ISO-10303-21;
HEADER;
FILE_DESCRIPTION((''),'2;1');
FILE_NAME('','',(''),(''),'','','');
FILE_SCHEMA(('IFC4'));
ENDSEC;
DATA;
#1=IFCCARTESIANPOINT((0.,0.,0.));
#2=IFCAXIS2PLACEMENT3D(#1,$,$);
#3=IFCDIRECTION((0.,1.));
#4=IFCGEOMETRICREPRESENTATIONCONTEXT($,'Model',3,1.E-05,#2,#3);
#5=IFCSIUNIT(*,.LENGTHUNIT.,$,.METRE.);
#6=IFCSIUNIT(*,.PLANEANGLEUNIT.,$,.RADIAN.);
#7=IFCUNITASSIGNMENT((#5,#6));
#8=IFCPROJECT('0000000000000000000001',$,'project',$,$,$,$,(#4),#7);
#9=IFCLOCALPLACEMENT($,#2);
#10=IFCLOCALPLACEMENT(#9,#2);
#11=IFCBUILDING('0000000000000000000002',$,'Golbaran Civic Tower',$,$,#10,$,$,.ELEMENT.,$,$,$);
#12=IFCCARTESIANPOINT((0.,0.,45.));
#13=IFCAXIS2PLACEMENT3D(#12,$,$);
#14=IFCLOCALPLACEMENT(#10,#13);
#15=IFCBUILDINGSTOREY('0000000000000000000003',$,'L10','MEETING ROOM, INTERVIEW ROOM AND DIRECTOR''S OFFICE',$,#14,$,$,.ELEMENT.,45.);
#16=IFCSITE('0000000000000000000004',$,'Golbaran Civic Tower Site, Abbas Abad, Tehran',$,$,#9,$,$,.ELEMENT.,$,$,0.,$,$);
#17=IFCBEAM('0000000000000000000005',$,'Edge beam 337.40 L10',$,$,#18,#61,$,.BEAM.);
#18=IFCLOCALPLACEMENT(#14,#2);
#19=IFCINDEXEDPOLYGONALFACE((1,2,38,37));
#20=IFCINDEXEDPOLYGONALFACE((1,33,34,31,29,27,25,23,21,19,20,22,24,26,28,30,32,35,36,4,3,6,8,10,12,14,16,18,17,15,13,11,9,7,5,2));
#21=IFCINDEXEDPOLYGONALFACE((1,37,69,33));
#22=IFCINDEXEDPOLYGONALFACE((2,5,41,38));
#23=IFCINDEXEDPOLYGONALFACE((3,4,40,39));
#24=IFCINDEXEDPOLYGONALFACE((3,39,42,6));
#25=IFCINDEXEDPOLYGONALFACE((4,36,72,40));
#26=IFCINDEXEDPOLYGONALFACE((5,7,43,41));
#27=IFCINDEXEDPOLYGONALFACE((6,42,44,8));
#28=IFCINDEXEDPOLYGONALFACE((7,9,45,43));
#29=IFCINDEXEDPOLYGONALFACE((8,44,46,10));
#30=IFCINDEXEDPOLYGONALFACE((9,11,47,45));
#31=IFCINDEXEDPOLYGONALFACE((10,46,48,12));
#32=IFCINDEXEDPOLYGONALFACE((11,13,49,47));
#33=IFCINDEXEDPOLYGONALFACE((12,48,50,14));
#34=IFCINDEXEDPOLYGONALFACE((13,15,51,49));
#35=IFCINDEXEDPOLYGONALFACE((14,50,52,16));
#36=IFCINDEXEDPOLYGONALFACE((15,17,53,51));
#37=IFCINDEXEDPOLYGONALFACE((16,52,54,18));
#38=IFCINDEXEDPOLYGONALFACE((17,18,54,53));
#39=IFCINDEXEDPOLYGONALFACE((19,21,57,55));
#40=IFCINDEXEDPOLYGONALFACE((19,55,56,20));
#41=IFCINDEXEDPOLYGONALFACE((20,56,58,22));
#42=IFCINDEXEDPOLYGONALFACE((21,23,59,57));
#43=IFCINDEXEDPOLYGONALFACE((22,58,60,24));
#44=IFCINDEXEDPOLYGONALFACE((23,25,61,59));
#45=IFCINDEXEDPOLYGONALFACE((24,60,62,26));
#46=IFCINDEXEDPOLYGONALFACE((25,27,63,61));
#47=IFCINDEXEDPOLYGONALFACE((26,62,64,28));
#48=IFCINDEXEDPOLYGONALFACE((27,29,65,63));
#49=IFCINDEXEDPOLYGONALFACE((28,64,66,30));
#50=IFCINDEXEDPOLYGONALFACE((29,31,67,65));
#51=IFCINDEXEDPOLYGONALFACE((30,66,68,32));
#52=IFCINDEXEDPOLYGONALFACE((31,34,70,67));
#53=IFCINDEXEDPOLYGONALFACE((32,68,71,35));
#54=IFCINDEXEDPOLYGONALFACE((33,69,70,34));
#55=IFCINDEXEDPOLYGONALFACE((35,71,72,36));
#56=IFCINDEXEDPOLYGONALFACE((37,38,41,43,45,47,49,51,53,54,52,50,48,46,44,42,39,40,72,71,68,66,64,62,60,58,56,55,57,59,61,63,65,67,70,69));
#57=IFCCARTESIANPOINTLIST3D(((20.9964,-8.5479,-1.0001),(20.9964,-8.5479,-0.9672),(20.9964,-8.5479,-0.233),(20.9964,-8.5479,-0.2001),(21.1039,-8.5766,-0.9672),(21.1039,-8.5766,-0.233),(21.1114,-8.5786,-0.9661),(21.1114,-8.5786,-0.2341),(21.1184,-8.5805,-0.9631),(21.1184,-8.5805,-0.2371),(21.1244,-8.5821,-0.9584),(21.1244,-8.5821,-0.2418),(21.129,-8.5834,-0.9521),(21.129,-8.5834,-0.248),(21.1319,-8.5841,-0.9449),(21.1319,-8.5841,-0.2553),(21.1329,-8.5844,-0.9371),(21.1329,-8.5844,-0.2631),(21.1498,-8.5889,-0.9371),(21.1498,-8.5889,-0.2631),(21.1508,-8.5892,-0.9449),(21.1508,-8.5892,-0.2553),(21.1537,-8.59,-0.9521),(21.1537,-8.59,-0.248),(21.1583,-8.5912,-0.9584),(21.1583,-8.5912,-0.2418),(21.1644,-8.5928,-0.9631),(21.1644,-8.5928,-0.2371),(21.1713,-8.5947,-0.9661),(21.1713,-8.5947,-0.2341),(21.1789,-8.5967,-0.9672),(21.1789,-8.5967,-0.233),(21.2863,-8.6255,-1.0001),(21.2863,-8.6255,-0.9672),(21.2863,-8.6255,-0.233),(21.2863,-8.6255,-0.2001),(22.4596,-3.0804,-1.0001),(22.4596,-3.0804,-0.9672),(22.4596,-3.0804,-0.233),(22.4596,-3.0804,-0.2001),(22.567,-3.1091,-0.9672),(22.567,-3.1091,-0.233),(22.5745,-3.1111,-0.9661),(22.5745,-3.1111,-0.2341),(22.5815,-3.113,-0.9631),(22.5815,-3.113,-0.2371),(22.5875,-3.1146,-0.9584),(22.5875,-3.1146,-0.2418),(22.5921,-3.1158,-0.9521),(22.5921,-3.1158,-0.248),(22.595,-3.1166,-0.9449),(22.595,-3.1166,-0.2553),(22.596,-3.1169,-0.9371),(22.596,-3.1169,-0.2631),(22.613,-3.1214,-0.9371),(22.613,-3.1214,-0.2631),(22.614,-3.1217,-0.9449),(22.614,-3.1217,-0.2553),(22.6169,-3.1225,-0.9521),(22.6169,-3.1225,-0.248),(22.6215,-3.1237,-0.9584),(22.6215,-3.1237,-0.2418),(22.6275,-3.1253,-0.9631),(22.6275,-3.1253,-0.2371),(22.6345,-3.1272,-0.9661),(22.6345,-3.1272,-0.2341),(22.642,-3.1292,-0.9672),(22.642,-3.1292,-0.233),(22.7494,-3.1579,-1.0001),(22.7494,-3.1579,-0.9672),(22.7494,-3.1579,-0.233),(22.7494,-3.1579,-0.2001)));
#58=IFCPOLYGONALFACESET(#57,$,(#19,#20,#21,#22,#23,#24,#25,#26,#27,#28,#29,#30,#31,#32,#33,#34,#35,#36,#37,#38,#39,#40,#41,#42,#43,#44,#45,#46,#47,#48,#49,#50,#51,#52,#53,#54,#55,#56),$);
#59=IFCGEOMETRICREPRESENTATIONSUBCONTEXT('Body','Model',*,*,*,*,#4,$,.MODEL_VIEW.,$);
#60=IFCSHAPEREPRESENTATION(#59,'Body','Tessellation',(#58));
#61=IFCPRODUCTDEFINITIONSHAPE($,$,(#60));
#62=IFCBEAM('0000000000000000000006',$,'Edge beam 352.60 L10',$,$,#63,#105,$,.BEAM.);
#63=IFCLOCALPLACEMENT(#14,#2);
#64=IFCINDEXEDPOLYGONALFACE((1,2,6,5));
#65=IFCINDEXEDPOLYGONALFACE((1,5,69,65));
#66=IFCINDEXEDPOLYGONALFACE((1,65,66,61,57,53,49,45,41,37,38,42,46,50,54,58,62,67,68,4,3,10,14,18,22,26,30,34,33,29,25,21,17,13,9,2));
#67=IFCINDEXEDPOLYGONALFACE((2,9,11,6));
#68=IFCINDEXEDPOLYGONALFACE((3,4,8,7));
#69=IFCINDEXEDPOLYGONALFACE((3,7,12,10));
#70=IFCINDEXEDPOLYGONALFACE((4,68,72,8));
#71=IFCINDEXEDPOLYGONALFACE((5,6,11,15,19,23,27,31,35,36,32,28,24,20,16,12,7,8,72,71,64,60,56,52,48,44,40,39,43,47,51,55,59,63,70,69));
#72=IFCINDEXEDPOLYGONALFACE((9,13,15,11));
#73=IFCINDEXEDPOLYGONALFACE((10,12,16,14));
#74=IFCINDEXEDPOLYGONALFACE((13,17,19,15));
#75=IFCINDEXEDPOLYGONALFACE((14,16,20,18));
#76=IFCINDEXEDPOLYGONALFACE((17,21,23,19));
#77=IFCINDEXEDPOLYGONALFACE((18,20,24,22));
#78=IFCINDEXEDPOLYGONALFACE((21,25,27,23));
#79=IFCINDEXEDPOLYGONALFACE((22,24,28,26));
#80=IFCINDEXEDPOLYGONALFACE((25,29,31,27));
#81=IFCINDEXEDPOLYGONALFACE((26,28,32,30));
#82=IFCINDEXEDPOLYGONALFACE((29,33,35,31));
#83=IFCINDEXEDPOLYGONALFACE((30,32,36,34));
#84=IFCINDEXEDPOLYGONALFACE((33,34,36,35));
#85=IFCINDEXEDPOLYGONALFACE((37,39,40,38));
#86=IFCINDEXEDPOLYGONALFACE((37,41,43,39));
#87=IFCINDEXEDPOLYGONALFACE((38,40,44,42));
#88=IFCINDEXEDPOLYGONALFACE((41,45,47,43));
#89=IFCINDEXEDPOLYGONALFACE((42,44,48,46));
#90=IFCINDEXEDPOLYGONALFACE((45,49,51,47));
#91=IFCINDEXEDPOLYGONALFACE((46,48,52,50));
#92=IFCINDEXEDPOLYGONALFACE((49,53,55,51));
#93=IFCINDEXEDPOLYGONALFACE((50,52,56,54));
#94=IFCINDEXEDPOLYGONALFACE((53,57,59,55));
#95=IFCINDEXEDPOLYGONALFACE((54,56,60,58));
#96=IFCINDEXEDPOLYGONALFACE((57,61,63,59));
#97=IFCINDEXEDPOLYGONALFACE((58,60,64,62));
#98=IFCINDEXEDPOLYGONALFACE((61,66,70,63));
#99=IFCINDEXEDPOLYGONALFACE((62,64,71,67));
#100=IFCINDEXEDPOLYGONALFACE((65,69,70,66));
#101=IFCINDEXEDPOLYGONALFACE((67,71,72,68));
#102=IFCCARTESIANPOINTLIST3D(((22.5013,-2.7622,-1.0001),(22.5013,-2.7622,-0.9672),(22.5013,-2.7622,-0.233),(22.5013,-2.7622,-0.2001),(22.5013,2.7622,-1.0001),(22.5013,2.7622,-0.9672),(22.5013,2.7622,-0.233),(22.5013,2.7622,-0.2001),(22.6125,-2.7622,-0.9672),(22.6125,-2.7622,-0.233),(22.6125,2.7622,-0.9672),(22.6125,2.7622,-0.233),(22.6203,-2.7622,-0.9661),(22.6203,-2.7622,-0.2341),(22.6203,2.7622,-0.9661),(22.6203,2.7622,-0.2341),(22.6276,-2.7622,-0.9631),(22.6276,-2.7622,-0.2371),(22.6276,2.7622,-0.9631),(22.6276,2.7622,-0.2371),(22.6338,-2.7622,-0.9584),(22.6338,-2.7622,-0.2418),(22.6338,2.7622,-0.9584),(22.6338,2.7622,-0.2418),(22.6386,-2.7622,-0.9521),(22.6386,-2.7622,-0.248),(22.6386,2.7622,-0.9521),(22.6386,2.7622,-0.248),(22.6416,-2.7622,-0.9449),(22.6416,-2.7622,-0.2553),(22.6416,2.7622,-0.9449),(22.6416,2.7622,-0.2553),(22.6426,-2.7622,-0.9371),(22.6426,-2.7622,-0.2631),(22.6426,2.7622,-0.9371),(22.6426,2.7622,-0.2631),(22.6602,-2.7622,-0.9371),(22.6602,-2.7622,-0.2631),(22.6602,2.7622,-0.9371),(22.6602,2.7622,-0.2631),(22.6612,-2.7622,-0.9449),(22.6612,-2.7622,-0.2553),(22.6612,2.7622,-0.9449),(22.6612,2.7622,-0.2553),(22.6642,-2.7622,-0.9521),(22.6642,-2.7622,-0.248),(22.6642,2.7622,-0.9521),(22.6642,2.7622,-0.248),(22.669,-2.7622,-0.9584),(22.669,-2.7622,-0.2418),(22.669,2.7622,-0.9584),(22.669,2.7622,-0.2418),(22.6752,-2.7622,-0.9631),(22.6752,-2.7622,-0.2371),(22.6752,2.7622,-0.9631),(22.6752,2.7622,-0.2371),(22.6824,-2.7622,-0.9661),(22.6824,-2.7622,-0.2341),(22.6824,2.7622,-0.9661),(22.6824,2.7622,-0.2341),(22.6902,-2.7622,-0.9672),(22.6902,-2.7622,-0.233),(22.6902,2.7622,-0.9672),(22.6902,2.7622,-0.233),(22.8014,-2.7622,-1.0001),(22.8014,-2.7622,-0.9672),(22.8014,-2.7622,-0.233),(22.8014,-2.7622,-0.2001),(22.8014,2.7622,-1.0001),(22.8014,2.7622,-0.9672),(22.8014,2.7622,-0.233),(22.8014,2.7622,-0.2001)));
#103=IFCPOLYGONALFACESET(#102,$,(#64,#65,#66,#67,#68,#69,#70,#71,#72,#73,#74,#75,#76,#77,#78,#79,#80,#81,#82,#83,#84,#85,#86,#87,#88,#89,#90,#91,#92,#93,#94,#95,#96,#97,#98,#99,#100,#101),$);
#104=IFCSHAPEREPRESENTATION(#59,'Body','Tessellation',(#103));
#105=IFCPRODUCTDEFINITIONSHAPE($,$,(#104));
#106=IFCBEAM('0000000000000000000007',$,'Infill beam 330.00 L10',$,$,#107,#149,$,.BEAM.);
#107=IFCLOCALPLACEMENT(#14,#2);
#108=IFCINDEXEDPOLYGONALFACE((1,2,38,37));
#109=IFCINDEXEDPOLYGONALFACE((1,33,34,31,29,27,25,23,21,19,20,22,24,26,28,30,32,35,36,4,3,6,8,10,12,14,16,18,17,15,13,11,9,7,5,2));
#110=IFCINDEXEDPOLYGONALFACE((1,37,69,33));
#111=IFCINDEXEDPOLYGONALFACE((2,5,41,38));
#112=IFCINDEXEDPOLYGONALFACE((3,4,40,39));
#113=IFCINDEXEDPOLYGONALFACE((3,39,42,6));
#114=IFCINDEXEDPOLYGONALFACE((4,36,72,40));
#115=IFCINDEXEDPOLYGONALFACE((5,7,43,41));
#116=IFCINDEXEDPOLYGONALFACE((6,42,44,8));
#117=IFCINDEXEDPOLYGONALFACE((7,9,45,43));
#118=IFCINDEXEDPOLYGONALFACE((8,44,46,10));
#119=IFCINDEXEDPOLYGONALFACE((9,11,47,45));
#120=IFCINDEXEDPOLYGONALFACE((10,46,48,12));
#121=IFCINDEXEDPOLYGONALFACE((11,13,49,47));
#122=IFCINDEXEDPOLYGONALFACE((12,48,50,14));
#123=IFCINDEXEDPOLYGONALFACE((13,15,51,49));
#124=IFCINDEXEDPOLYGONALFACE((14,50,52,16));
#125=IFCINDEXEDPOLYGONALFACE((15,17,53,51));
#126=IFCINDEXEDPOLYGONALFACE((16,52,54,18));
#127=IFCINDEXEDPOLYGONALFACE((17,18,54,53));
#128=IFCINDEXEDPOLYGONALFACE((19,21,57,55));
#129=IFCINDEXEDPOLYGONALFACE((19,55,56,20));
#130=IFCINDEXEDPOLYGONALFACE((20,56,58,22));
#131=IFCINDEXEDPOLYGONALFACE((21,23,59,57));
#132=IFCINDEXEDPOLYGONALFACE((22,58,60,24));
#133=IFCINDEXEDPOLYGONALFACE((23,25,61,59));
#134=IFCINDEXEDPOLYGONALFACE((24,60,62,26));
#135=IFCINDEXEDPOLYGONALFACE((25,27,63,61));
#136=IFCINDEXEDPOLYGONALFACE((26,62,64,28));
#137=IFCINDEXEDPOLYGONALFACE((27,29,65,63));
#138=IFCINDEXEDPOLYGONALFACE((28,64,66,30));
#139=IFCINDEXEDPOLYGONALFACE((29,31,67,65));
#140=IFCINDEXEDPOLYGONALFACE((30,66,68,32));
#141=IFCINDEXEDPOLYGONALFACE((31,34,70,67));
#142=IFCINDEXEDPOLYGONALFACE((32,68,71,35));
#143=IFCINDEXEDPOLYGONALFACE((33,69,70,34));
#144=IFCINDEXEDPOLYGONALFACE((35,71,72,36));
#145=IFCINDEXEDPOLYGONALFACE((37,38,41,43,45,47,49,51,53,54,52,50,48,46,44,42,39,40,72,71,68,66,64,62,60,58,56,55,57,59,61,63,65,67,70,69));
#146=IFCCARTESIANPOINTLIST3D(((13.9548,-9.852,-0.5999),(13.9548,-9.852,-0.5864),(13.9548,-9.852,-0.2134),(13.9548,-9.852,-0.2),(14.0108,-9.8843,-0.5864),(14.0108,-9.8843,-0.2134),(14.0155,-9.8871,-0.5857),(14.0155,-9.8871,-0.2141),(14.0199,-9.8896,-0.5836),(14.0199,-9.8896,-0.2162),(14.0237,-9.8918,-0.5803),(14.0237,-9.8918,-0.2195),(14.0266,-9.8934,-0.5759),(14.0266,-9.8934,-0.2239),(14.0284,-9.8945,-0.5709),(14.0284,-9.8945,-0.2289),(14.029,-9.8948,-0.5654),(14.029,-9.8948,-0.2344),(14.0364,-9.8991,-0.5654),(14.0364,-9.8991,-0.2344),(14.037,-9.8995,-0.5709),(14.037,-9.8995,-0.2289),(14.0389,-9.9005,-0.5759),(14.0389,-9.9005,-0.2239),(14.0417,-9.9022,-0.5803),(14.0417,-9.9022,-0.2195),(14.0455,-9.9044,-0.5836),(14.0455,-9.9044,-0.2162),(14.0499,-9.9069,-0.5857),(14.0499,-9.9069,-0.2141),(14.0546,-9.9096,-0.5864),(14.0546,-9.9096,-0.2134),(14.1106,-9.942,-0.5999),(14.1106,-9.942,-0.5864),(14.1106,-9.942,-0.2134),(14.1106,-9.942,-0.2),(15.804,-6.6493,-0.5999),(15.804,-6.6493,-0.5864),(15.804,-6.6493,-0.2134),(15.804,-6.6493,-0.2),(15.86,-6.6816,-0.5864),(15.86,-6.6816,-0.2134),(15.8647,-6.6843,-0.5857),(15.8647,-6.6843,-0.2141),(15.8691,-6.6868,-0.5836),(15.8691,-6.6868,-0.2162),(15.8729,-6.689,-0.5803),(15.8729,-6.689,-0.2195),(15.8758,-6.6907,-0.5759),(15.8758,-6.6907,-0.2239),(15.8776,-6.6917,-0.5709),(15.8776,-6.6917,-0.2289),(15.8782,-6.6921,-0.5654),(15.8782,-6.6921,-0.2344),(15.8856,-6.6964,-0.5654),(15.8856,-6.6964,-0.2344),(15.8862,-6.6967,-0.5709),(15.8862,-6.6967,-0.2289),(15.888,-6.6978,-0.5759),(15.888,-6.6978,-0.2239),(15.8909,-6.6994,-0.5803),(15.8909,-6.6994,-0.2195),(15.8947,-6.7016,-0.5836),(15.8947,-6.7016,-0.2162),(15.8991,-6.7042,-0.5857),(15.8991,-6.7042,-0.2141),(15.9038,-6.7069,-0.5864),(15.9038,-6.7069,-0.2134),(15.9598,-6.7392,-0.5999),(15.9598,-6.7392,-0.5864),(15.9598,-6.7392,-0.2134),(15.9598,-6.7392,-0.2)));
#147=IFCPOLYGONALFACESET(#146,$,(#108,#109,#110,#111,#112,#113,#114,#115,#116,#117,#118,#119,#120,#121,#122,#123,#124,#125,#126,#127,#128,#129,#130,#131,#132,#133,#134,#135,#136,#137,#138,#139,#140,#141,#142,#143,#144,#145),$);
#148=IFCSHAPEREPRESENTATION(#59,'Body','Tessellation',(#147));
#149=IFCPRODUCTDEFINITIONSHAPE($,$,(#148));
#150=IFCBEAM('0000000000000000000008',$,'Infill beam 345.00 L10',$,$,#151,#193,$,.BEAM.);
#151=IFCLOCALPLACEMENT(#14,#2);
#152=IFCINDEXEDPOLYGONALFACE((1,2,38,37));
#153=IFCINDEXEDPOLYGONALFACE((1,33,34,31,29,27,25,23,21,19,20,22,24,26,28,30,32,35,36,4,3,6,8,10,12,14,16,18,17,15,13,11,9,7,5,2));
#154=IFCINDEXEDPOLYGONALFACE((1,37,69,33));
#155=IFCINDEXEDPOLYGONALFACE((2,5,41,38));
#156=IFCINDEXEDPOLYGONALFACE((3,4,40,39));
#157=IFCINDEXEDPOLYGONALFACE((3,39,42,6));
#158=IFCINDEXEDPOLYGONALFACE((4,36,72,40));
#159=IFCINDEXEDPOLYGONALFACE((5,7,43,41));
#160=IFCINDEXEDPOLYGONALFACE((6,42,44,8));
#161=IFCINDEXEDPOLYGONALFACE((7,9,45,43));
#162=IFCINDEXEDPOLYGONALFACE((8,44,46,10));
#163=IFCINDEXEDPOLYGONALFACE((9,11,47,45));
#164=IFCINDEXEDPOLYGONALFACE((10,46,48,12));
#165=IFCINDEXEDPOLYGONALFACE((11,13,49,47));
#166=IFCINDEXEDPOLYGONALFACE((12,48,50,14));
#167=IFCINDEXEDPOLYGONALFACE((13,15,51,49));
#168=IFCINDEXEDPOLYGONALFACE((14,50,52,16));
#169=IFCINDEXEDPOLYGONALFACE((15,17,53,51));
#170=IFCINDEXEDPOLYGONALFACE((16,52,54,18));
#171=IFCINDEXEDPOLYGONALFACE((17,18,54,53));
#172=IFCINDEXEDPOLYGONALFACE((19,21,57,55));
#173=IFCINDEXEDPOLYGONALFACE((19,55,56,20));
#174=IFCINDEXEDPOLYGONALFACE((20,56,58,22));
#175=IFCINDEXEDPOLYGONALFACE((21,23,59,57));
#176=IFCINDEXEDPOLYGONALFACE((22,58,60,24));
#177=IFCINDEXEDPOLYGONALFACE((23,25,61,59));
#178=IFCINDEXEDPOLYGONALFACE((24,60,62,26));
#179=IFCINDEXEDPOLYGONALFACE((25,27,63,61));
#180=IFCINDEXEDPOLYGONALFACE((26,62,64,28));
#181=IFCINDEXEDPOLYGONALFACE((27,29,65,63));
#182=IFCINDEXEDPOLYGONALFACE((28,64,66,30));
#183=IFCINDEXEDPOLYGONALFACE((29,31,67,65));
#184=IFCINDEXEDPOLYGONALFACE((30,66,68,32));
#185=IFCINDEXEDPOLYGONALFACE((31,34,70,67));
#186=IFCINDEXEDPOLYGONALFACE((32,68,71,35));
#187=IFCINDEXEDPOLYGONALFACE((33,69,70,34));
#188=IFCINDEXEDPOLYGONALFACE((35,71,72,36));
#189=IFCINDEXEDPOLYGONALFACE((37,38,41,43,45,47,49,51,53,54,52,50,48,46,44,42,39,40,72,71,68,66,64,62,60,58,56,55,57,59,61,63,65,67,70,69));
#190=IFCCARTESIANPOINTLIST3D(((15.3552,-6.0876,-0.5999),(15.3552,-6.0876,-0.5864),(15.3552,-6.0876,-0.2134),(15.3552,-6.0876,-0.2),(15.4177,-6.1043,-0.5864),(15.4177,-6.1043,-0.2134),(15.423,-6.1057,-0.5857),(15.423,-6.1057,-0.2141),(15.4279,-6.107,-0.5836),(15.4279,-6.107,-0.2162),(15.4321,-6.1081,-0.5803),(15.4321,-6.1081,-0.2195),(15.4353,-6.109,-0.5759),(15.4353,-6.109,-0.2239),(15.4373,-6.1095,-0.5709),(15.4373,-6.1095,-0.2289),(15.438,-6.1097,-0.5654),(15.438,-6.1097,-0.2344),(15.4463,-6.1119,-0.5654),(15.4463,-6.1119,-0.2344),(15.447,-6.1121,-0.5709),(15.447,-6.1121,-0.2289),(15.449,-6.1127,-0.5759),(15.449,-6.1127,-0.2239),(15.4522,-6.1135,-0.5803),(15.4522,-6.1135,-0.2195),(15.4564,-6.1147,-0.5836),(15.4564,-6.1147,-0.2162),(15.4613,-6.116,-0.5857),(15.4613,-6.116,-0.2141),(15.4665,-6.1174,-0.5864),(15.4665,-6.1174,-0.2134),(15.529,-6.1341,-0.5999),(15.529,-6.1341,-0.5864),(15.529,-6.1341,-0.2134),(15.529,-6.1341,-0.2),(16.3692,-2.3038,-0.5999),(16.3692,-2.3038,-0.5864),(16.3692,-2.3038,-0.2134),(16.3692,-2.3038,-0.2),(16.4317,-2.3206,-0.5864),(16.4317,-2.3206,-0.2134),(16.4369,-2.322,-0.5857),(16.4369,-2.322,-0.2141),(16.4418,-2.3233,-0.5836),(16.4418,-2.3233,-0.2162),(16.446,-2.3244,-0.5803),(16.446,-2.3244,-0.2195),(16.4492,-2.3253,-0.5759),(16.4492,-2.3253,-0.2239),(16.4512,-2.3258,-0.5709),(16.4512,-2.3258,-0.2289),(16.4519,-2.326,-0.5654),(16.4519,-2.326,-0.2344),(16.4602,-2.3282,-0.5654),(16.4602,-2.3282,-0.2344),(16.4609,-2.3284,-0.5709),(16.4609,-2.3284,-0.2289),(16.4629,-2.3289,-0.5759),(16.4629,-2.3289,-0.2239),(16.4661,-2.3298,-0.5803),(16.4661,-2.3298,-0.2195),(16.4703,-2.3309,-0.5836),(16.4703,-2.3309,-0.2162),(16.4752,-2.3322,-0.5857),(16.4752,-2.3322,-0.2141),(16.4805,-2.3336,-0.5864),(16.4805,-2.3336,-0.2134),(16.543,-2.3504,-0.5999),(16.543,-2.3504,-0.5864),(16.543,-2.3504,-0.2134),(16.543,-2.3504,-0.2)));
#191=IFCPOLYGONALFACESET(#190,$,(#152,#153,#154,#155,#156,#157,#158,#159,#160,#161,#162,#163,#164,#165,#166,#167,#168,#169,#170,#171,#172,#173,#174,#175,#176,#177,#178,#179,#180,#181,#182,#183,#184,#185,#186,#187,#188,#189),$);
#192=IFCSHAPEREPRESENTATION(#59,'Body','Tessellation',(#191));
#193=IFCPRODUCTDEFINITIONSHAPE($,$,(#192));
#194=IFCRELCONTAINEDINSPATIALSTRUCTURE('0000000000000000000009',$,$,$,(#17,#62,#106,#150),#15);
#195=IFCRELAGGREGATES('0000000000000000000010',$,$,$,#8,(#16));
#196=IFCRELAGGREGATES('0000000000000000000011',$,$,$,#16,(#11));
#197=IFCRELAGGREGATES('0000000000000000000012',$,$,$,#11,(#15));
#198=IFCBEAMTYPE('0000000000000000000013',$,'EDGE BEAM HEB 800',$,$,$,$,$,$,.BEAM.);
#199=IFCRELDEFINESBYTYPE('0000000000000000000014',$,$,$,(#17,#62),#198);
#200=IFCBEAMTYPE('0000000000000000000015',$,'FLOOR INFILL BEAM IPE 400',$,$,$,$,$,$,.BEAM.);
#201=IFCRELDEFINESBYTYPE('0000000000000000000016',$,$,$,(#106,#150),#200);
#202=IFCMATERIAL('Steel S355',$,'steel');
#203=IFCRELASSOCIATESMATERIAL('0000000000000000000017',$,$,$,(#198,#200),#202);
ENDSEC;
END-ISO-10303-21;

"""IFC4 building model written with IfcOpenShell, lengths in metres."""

from ifc_helpers import new_model, si_unit, direction, frame, origin, origin_2d, place, context, subcontext, project, spatial, i_section, extrude, material, material_profile, profile_set, type_object, element, save


model = new_model("IFC4")

# Units and contexts
model_context = context("Model", 3, precision=1e-05, world=origin(), true_north=direction((0.0, 1.0)))
body_context = subcontext(model_context, "Body", "Model", "MODEL_VIEW")
ifc_project = project(units=[si_unit("LENGTHUNIT", "METRE"), si_unit("PLANEANGLEUNIT", "RADIAN")], contexts=[model_context])

# Site, building, storey
site_placement = place(None, origin())
site = spatial("IfcSite", under=ifc_project, at=site_placement, Name="Golbaran Civic Tower Site, Abbas Abad, Tehran", CompositionType="ELEMENT", RefElevation=0.0)
building_placement = place(site_placement, origin())
building = spatial("IfcBuilding", under=site, at=building_placement, Name="Golbaran Civic Tower", CompositionType="ELEMENT")
storey_placement = place(building_placement, frame((0.0, 0.0, 45.0)))
storey = spatial("IfcBuildingStorey", under=building, at=storey_placement, Name="L10", Description="MEETING ROOM, INTERVIEW ROOM AND DIRECTOR'S OFFICE", CompositionType="ELEMENT", Elevation=45.0)

# Beams
ifc_material_1 = material(Name="Steel S355", Category="steel")
ifc_material_profile_1 = material_profile(ifc_material_1, i_section(OverallWidth=0.3, OverallDepth=0.8, WebThickness=0.0176, FlangeThickness=0.033, FilletRadius=0.03, at=origin_2d()), Name="HEB 800")
ifc_profile_set_1 = profile_set([ifc_material_profile_1], Name="Steel S355")
beam_type_1 = type_object("IfcBeamType", Name="EDGE BEAM HEB 800", PredefinedType="BEAM", material=ifc_profile_set_1)
beam_1_placement = place(storey_placement, frame((21.1414, -8.5867, -0.6001), z_axis=(0.258508, 0.966009, 0.0), x_axis=(-0.966009, 0.258508, 0.0)))
element("IfcBeam", 1, at=beam_1_placement, inside=storey, type_object=beam_type_1, Name="Edge beam 337.40 L10", PredefinedType="BEAM", context=body_context, shape_type="SweptSolid", body=[
    extrude(i_section(OverallWidth=0.3, OverallDepth=0.8, WebThickness=0.0176, FlangeThickness=0.033, FilletRadius=0.03, at=origin_2d()), origin(), (0.0, 0.0, 1.0), 5.6599),
])
beam_2_placement = place(storey_placement, frame((22.6514, -2.7622, -0.6001), z_axis=(0.0, 1.0, 0.0), x_axis=(-1.0, 0.0, 0.0)))
element("IfcBeam", 2, at=beam_2_placement, inside=storey, type_object=beam_type_1, Name="Edge beam 352.60 L10", PredefinedType="BEAM", context=body_context, shape_type="SweptSolid", body=[
    extrude(i_section(OverallWidth=0.3, OverallDepth=0.8, WebThickness=0.0176, FlangeThickness=0.033, FilletRadius=0.03, at=origin_2d()), origin(), (0.0, 0.0, 1.0), 5.5244),
])
ifc_material_profile_2 = material_profile(ifc_material_1, i_section(OverallWidth=0.1799, OverallDepth=0.3999, WebThickness=0.0085, FlangeThickness=0.0134, FilletRadius=0.021, at=origin_2d()), Name="IPE 400")
ifc_profile_set_2 = profile_set([ifc_material_profile_2], Name="Steel S355")
beam_type_2 = type_object("IfcBeamType", Name="FLOOR INFILL BEAM IPE 400", PredefinedType="BEAM", material=ifc_profile_set_2)
beam_3_placement = place(storey_placement, frame((14.0327, -9.897, -0.3999), z_axis=(0.500016, 0.866016, 0.0), x_axis=(-0.866016, 0.500016, 0.0)))
element("IfcBeam", 3, at=beam_3_placement, inside=storey, type_object=beam_type_2, Name="Infill beam 330.00 L10", PredefinedType="BEAM", context=body_context, shape_type="SweptSolid", body=[
    extrude(i_section(OverallWidth=0.1799, OverallDepth=0.3999, WebThickness=0.0085, FlangeThickness=0.0134, FilletRadius=0.021, at=origin_2d()), origin(), (0.0, 0.0, 1.0), 3.6982),
])
beam_4_placement = place(storey_placement, frame((15.4421, -6.1108, -0.3999), z_axis=(0.258838, 0.965921, 0.0), x_axis=(-0.965921, 0.258838, 0.0)))
element("IfcBeam", 4, at=beam_4_placement, inside=storey, type_object=beam_type_2, Name="Infill beam 345.00 L10", PredefinedType="BEAM", context=body_context, shape_type="SweptSolid", body=[
    extrude(i_section(OverallWidth=0.1799, OverallDepth=0.3999, WebThickness=0.0085, FlangeThickness=0.0134, FilletRadius=0.021, at=origin_2d()), origin(), (0.0, 0.0, 1.0), 3.9172),
])

save(model, "model.ifc")
